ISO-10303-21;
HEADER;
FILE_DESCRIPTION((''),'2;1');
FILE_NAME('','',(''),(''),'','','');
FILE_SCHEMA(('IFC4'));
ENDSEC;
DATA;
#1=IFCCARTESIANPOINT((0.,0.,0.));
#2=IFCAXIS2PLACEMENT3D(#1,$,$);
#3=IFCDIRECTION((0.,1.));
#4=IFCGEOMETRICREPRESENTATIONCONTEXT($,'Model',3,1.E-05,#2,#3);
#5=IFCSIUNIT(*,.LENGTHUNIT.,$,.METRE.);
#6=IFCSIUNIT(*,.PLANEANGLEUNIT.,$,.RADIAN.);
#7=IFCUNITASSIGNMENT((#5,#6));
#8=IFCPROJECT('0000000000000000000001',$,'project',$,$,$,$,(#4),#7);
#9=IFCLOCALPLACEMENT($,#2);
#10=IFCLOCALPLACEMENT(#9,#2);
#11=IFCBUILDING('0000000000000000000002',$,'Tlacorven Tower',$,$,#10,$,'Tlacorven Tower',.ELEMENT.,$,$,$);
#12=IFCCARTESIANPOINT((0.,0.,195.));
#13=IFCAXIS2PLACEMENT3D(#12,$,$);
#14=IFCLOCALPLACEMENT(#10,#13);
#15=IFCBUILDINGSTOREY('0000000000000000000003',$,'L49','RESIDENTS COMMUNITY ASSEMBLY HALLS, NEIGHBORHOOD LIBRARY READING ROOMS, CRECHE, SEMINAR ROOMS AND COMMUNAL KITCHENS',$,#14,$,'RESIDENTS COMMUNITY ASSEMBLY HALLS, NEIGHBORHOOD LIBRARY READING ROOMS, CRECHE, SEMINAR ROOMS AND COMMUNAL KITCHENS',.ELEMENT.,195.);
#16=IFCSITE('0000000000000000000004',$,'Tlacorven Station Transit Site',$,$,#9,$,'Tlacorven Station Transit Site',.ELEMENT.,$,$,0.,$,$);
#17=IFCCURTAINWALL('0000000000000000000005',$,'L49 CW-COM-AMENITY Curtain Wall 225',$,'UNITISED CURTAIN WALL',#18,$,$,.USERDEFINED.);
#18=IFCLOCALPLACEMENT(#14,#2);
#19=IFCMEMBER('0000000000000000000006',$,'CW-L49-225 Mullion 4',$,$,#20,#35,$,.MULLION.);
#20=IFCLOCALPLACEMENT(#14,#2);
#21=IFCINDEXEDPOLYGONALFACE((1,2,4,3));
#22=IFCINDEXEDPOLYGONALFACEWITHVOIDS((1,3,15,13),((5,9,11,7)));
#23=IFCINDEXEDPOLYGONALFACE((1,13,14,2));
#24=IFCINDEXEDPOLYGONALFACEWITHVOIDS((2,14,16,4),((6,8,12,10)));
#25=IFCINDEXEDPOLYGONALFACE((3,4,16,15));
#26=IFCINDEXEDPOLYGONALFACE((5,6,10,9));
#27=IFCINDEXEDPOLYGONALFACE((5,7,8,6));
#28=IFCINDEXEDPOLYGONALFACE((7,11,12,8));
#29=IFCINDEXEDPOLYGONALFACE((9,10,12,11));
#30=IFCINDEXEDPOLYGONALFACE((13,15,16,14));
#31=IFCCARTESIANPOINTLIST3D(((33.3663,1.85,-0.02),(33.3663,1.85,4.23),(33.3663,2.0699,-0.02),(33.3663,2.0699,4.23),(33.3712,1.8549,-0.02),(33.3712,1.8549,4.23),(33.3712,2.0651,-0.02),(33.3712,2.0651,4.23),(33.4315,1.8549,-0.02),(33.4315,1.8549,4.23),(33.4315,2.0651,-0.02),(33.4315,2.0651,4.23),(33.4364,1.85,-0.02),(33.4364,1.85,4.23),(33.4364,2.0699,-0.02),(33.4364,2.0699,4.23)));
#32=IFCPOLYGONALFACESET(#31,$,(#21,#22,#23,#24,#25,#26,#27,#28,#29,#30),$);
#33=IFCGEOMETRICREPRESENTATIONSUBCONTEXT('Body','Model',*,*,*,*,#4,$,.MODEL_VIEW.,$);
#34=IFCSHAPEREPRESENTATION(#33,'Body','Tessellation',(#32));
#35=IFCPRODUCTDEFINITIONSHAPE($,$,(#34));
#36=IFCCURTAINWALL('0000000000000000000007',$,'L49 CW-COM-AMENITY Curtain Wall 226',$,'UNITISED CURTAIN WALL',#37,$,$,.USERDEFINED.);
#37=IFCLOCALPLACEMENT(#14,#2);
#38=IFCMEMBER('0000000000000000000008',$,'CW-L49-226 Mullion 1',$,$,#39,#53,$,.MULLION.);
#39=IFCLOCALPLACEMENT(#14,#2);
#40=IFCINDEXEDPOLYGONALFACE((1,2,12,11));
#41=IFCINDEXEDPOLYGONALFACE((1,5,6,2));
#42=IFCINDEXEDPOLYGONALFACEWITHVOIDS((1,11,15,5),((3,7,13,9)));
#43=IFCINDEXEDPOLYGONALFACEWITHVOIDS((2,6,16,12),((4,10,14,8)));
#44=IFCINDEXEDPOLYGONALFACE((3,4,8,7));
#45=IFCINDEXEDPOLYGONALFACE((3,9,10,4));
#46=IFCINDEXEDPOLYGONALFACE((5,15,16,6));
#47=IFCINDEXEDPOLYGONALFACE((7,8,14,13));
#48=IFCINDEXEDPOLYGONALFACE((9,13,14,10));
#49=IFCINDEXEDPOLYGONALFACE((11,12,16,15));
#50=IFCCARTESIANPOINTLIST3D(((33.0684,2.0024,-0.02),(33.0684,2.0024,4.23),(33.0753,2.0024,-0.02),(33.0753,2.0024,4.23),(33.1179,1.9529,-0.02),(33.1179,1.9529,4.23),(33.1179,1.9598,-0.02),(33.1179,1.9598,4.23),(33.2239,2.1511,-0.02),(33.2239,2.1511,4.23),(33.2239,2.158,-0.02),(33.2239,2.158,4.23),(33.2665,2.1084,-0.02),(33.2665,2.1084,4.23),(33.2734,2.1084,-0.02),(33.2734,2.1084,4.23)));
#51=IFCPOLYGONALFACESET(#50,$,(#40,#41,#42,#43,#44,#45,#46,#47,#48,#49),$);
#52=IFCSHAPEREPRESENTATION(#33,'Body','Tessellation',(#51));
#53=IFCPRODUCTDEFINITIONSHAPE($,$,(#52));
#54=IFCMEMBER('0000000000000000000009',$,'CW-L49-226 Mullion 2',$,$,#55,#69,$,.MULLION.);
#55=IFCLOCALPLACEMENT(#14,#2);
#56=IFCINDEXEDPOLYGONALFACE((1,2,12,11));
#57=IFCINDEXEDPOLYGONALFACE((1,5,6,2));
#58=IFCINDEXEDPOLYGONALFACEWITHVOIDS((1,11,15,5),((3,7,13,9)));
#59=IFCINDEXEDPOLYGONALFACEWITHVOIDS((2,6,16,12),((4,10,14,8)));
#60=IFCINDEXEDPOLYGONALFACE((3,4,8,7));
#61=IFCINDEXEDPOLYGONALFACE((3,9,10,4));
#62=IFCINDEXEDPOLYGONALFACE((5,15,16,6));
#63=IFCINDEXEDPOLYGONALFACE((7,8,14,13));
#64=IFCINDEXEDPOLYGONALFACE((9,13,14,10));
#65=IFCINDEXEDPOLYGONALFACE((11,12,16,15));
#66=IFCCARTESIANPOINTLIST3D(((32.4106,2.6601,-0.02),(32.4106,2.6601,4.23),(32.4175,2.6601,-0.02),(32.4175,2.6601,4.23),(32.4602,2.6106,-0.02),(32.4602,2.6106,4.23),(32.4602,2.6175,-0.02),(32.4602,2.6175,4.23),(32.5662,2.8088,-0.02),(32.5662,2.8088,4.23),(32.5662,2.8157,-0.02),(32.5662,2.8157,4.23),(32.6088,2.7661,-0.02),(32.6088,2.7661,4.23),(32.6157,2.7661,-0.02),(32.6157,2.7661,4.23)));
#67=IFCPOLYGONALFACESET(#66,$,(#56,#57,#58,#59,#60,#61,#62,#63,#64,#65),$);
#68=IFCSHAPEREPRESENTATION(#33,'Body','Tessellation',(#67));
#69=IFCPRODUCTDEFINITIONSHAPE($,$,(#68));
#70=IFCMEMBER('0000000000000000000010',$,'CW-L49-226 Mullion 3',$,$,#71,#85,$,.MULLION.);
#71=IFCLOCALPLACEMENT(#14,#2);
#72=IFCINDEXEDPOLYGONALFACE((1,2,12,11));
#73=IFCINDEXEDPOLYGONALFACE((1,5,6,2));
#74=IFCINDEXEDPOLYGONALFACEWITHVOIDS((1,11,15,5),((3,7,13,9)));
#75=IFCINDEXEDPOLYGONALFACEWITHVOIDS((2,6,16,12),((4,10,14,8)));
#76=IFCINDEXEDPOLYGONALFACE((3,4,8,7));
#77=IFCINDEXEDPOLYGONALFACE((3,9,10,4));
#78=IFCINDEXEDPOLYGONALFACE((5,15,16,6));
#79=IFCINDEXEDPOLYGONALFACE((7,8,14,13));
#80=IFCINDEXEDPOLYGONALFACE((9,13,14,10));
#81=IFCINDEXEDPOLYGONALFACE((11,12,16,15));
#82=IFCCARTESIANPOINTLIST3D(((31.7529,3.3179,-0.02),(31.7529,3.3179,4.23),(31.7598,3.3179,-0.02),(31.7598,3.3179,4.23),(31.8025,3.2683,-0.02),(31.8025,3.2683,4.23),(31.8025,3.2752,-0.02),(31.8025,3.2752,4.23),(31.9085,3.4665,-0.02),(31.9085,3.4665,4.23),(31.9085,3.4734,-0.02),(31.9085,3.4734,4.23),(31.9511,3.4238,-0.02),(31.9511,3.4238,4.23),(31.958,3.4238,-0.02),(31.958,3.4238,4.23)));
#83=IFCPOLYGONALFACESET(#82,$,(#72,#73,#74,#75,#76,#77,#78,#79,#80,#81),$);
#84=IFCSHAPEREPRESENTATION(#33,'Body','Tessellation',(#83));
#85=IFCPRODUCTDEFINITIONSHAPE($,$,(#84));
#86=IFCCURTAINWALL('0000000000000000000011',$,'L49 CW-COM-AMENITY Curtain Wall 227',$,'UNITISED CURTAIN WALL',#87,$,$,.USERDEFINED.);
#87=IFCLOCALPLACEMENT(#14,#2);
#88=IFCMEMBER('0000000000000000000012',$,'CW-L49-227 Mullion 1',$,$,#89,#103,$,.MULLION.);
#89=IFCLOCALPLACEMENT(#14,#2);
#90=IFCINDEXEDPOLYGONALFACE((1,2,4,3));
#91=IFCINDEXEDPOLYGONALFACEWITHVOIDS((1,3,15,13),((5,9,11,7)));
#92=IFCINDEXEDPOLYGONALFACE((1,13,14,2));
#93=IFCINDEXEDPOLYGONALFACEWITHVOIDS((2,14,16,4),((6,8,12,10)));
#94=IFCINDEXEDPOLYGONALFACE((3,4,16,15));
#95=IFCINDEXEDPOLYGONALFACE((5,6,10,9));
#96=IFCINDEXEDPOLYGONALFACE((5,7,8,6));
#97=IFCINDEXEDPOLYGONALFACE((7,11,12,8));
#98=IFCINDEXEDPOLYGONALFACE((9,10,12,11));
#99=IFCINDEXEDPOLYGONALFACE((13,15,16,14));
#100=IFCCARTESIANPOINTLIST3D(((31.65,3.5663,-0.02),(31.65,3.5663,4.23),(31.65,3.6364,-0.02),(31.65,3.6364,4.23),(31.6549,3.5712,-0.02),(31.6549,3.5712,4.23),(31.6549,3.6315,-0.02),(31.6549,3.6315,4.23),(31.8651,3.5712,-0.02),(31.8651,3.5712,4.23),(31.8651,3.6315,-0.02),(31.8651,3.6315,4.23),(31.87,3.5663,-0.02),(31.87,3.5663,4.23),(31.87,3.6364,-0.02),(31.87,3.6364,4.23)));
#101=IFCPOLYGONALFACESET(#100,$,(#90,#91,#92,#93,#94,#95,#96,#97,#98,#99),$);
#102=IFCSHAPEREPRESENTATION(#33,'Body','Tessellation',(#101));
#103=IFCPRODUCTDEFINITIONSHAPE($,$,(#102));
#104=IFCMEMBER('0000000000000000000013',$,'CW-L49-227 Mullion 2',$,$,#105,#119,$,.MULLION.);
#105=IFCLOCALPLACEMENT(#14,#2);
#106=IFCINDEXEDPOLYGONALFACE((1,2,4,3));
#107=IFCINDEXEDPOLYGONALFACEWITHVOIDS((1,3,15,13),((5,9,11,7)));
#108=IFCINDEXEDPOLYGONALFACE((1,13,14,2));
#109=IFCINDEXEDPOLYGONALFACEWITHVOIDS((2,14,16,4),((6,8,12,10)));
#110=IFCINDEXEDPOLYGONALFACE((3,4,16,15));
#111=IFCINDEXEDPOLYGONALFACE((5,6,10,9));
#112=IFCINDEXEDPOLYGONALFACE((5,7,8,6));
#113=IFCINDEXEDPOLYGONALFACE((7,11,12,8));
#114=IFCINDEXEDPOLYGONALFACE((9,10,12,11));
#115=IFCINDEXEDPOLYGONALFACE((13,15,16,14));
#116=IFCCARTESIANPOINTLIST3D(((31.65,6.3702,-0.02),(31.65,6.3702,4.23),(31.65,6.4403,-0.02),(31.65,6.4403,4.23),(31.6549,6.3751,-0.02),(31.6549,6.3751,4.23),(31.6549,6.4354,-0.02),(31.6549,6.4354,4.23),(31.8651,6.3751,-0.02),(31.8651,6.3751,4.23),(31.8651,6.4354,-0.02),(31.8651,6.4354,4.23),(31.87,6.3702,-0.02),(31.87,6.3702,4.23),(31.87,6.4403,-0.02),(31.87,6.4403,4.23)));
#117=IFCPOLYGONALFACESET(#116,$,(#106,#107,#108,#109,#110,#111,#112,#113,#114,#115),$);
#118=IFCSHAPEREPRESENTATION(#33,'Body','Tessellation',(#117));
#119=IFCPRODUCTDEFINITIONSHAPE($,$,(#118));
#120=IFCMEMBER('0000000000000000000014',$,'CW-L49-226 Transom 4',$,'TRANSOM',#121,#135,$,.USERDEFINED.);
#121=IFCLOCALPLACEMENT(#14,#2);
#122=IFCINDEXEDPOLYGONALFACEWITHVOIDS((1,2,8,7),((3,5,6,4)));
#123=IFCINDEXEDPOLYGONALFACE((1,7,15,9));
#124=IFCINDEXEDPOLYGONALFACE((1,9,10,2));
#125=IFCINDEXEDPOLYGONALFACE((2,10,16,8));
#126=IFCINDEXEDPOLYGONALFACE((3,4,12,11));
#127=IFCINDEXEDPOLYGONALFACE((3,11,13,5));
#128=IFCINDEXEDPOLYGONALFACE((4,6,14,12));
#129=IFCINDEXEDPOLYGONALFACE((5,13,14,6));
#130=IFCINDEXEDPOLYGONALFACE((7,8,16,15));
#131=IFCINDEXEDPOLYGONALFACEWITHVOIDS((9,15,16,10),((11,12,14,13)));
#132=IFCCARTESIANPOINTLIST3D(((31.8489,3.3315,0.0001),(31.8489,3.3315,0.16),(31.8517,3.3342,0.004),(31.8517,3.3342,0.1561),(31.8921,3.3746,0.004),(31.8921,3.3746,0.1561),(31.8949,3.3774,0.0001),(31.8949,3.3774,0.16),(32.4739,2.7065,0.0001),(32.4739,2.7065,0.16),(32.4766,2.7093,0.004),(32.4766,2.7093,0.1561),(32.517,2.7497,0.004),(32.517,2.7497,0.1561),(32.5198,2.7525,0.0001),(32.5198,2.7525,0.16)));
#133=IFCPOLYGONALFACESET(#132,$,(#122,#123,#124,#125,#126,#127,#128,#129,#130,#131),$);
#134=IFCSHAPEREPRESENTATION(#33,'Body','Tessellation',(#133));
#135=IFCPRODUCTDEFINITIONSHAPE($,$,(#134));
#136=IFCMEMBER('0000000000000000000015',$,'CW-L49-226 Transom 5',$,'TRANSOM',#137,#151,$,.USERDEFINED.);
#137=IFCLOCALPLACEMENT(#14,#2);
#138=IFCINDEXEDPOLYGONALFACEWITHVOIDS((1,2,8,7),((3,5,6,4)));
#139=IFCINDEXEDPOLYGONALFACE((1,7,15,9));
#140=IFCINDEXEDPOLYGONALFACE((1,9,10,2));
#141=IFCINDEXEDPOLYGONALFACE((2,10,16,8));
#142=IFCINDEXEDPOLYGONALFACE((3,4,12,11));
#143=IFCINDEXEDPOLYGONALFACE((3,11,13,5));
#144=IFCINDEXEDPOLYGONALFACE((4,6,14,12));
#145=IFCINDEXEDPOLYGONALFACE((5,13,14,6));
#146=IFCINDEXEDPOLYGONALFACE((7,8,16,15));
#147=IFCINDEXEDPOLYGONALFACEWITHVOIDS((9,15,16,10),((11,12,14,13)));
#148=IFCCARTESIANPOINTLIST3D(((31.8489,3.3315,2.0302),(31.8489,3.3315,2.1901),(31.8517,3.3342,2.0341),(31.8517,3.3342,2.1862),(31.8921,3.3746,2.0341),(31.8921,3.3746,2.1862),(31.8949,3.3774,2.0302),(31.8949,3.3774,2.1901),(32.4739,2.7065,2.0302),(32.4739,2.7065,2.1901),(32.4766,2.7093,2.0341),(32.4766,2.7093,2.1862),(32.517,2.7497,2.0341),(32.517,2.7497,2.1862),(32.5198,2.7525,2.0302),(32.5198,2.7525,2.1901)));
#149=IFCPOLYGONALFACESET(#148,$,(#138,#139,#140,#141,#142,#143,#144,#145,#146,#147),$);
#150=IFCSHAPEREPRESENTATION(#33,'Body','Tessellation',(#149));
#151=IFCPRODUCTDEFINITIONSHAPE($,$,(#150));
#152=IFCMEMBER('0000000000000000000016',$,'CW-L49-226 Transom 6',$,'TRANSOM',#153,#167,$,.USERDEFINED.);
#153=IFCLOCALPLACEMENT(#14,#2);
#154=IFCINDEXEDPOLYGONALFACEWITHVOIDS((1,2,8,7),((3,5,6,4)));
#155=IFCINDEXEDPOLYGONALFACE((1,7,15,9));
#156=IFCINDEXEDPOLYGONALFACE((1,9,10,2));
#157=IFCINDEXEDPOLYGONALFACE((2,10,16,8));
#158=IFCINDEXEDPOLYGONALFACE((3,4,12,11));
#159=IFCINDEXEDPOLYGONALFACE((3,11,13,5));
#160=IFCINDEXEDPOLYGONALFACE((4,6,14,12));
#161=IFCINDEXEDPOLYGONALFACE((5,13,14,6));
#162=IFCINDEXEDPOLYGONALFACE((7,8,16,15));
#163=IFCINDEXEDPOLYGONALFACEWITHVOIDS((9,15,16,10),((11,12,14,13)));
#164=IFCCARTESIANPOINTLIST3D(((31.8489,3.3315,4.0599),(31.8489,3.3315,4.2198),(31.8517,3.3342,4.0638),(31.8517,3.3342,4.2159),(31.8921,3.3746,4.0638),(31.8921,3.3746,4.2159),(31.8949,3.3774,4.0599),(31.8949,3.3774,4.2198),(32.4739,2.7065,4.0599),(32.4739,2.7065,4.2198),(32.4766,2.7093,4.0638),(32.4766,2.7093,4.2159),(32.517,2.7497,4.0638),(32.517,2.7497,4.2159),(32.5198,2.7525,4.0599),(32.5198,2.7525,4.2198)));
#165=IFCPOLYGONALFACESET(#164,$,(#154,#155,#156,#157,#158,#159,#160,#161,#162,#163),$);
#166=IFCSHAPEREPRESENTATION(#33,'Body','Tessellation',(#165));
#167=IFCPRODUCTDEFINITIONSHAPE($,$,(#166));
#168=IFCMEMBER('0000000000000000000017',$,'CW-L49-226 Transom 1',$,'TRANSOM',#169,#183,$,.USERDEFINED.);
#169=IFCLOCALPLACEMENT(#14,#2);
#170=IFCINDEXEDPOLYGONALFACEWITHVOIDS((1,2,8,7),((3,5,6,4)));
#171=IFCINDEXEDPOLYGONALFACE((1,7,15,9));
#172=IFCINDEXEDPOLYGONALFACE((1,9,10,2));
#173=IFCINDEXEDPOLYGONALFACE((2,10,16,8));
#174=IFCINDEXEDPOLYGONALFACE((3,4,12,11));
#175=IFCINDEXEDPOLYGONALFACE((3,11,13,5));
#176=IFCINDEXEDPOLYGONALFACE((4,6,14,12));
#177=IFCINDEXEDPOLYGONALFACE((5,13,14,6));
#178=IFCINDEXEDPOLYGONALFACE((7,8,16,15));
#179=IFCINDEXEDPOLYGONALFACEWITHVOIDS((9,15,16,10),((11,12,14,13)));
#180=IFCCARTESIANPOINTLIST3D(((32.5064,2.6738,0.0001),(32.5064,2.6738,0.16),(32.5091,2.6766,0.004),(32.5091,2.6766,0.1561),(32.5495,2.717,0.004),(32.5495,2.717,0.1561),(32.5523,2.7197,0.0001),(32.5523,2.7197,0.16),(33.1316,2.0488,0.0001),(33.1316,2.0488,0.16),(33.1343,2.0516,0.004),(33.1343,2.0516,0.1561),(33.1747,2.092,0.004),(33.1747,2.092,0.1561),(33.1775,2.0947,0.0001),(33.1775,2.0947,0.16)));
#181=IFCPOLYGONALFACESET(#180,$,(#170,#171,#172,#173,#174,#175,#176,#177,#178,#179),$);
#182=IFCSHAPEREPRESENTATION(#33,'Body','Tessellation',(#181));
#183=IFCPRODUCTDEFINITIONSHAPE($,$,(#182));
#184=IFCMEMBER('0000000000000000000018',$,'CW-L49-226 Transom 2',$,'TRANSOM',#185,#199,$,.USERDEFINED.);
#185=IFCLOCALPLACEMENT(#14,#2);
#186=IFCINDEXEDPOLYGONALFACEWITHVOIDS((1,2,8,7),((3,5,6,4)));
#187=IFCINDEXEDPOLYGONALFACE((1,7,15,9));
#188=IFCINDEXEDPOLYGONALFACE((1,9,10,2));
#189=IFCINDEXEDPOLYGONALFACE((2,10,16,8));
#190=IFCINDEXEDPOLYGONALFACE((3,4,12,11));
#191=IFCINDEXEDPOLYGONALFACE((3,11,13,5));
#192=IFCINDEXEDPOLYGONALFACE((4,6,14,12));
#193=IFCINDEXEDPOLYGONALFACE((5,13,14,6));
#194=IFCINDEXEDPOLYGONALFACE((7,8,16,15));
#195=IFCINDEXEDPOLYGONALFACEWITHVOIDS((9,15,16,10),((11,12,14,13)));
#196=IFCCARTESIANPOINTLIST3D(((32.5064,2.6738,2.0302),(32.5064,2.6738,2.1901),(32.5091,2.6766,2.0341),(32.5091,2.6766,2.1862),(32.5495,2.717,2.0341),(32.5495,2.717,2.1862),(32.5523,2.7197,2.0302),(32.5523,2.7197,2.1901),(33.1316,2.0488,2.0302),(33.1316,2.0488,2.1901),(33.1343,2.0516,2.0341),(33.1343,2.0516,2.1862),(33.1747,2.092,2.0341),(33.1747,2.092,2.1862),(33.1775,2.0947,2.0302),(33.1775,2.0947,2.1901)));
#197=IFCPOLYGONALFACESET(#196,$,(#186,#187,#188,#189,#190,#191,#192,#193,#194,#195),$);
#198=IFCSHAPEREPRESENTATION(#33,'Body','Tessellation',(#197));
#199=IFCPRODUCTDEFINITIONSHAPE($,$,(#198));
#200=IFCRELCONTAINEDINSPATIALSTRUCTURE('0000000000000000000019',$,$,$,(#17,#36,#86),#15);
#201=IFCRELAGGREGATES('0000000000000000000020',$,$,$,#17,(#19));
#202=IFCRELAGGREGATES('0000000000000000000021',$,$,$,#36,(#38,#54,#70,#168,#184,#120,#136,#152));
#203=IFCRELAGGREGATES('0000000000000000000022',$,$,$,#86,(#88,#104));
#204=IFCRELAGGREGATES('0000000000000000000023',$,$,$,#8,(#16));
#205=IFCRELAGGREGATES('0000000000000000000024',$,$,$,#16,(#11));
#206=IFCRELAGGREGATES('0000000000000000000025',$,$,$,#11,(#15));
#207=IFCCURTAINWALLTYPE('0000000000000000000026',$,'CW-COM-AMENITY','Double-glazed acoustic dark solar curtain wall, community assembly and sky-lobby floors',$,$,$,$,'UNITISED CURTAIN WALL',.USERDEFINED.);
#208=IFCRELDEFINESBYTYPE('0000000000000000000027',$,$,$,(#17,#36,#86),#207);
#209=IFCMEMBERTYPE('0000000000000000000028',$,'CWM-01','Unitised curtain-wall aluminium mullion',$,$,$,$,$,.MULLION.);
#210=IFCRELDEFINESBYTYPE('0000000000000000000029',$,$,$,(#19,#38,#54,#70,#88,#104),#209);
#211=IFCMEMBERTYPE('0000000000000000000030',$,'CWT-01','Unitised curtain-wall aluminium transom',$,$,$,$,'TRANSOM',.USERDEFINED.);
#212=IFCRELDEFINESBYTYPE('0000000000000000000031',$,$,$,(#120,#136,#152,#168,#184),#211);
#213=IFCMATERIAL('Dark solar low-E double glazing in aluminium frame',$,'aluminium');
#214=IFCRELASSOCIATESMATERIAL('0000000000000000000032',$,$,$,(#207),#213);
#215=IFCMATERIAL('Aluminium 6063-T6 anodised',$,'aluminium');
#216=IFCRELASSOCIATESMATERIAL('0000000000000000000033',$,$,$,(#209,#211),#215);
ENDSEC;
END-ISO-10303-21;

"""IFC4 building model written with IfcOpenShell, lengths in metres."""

from ifc_helpers import new_model, si_unit, direction, frame, origin, origin_2d, place, context, subcontext, project, spatial, hollow_rectangle, extrude, source, transform, mapped, material, material_profile, profile_set, type_object, element, aggregate, save


model = new_model("IFC4")

# Units and contexts
model_context = context("Model", 3, precision=1e-05, world=origin(), true_north=direction((0.0, 1.0)))
body_context = subcontext(model_context, "Body", "Model", "MODEL_VIEW")
ifc_project = project(units=[si_unit("LENGTHUNIT", "METRE"), si_unit("PLANEANGLEUNIT", "RADIAN")], contexts=[model_context])

# Site, building, storey
site_placement = place(None, origin())
site = spatial("IfcSite", under=ifc_project, at=site_placement, Name="Tlacorven Station Transit Site", LongName="Tlacorven Station Transit Site", CompositionType="ELEMENT", RefElevation=0.0)
building_placement = place(site_placement, origin())
building = spatial("IfcBuilding", under=site, at=building_placement, Name="Tlacorven Tower", LongName="Tlacorven Tower", CompositionType="ELEMENT")
storey_placement = place(building_placement, frame((0.0, 0.0, 195.0)))
storey = spatial("IfcBuildingStorey", under=building, at=storey_placement, Name="L49", Description="RESIDENTS COMMUNITY ASSEMBLY HALLS, NEIGHBORHOOD LIBRARY READING ROOMS, CRECHE, SEMINAR ROOMS AND COMMUNAL KITCHENS", LongName="RESIDENTS COMMUNITY ASSEMBLY HALLS, NEIGHBORHOOD LIBRARY READING ROOMS, CRECHE, SEMINAR ROOMS AND COMMUNAL KITCHENS", CompositionType="ELEMENT", Elevation=195.0)

# Curtain wall, member
ifc_material_1 = material(Name="Dark solar low-E double glazing in aluminium frame", Category="aluminium")
curtain_wall_type = type_object("IfcCurtainWallType", Name="CW-COM-AMENITY", Description="Double-glazed acoustic dark solar curtain wall, community assembly and sky-lobby floors", ElementType="UNITISED CURTAIN WALL", PredefinedType="USERDEFINED", material=ifc_material_1)
curtain_wall_1_placement = place(storey_placement, origin())
curtain_wall_1 = element("IfcCurtainWall", 1, at=curtain_wall_1_placement, inside=storey, type_object=curtain_wall_type, Name="L49 CW-COM-AMENITY Curtain Wall 225", ObjectType="UNITISED CURTAIN WALL", PredefinedType="USERDEFINED")
ifc_material_2 = material(Name="Aluminium 6063-T6 anodised", Category="aluminium")
ifc_material_profile_1 = material_profile(ifc_material_2, hollow_rectangle(XDim=0.0701, YDim=0.22, WallThickness=0.0049, at=origin_2d()), Name="ALU MULLION 70X220")
ifc_profile_set_1 = profile_set([ifc_material_profile_1], Name="Aluminium 6063-T6 anodised")
member_type_1 = type_object("IfcMemberType", Name="CWM-01", Description="Unitised curtain-wall aluminium mullion", PredefinedType="MULLION", material=ifc_profile_set_1)
shared_shape_1 = source(origin(), body_context, "Body", "SweptSolid", [
    extrude(hollow_rectangle(XDim=0.0701, YDim=0.22, WallThickness=0.0049, at=origin_2d()), origin(), (0.0, 0.0, 1.0), 4.25),
])
member_1_placement = place(storey_placement, frame((33.4014, 1.96, -0.02), z_axis=(0.0, 0.0, 1.0), x_axis=(-1.0, 0.0, 0.0)))
member_1 = element("IfcMember", 2, at=member_1_placement, type_object=member_type_1, Name="CW-L49-225 Mullion 4", PredefinedType="MULLION", context=body_context, shape_type="MappedRepresentation", body=[
    mapped(shared_shape_1, transform((0.0, 0.0, 0.0), scale=1.0)),
])
aggregate(curtain_wall_1, [member_1])

# Curtain walls, members
curtain_wall_2_placement = place(storey_placement, origin())
curtain_wall_2 = element("IfcCurtainWall", 3, at=curtain_wall_2_placement, inside=storey, type_object=curtain_wall_type, Name="L49 CW-COM-AMENITY Curtain Wall 226", ObjectType="UNITISED CURTAIN WALL", PredefinedType="USERDEFINED")
member_2_placement = place(storey_placement, frame((33.1709, 2.0554, -0.02), z_axis=(0.0, 0.0, 1.0), x_axis=(-0.707107, 0.707107, 0.0)))
member_2 = element("IfcMember", 4, at=member_2_placement, type_object=member_type_1, Name="CW-L49-226 Mullion 1", PredefinedType="MULLION", context=body_context, shape_type="MappedRepresentation", body=[
    mapped(shared_shape_1, transform((0.0, 0.0, 0.0), scale=1.0)),
])
member_3_placement = place(storey_placement, frame((32.5132, 2.7131, -0.02), z_axis=(0.0, 0.0, 1.0), x_axis=(-0.707107, 0.707107, 0.0)))
member_3 = element("IfcMember", 5, at=member_3_placement, type_object=member_type_1, Name="CW-L49-226 Mullion 2", PredefinedType="MULLION", context=body_context, shape_type="MappedRepresentation", body=[
    mapped(shared_shape_1, transform((0.0, 0.0, 0.0), scale=1.0)),
])
member_4_placement = place(storey_placement, frame((31.8555, 3.3708, -0.02), z_axis=(0.0, 0.0, 1.0), x_axis=(-0.707107, 0.707107, 0.0)))
member_4 = element("IfcMember", 6, at=member_4_placement, type_object=member_type_1, Name="CW-L49-226 Mullion 3", PredefinedType="MULLION", context=body_context, shape_type="MappedRepresentation", body=[
    mapped(shared_shape_1, transform((0.0, 0.0, 0.0), scale=1.0)),
])
curtain_wall_3_placement = place(storey_placement, origin())
curtain_wall_3 = element("IfcCurtainWall", 7, at=curtain_wall_3_placement, inside=storey, type_object=curtain_wall_type, Name="L49 CW-COM-AMENITY Curtain Wall 227", ObjectType="UNITISED CURTAIN WALL", PredefinedType="USERDEFINED")
member_5_placement = place(storey_placement, frame((31.76, 3.6013, -0.02), z_axis=(0.0, 0.0, 1.0), x_axis=(0.0, 1.0, 0.0)))
member_5 = element("IfcMember", 8, at=member_5_placement, type_object=member_type_1, Name="CW-L49-227 Mullion 1", PredefinedType="MULLION", context=body_context, shape_type="MappedRepresentation", body=[
    mapped(shared_shape_1, transform((0.0, 0.0, 0.0), scale=1.0)),
])
member_6_placement = place(storey_placement, frame((31.76, 6.4053, -0.02), z_axis=(0.0, 0.0, 1.0), x_axis=(0.0, 1.0, 0.0)))
member_6 = element("IfcMember", 9, at=member_6_placement, type_object=member_type_1, Name="CW-L49-227 Mullion 2", PredefinedType="MULLION", context=body_context, shape_type="MappedRepresentation", body=[
    mapped(shared_shape_1, transform((0.0, 0.0, 0.0), scale=1.0)),
])

# Members
ifc_material_profile_2 = material_profile(ifc_material_2, hollow_rectangle(XDim=0.0649, YDim=0.1599, WallThickness=0.0039, at=origin_2d()), Name="ALU TRANSOM 65X160")
ifc_profile_set_2 = profile_set([ifc_material_profile_2], Name="Aluminium 6063-T6 anodised")
member_type_2 = type_object("IfcMemberType", Name="CWT-01", Description="Unitised curtain-wall aluminium transom", ElementType="TRANSOM", PredefinedType="USERDEFINED", material=ifc_profile_set_2)
shared_shape_2 = source(origin(), body_context, "Body", "SweptSolid", [
    extrude(hollow_rectangle(XDim=0.0649, YDim=0.1599, WallThickness=0.0039, at=origin_2d()), origin(), (0.0, 0.0, 1.0), 0.8838),
])
member_7_placement = place(storey_placement, frame((32.4968, 2.7295, 0.0801), z_axis=(-0.707107, 0.707107, 0.0), x_axis=(-0.707107, -0.707107, 0.0)))
member_7 = element("IfcMember", 10, at=member_7_placement, type_object=member_type_2, Name="CW-L49-226 Transom 4", ObjectType="TRANSOM", PredefinedType="USERDEFINED", context=body_context, shape_type="MappedRepresentation", body=[
    mapped(shared_shape_2, transform((0.0, 0.0, 0.0), scale=1.0)),
])
member_8_placement = place(storey_placement, frame((32.4968, 2.7295, 2.1101), z_axis=(-0.707107, 0.707107, 0.0), x_axis=(-0.707107, -0.707107, 0.0)))
member_8 = element("IfcMember", 11, at=member_8_placement, type_object=member_type_2, Name="CW-L49-226 Transom 5", ObjectType="TRANSOM", PredefinedType="USERDEFINED", context=body_context, shape_type="MappedRepresentation", body=[
    mapped(shared_shape_2, transform((0.0, 0.0, 0.0), scale=1.0)),
])
member_9_placement = place(storey_placement, frame((32.4968, 2.7295, 4.1399), z_axis=(-0.707107, 0.707107, 0.0), x_axis=(-0.707107, -0.707107, 0.0)))
member_9 = element("IfcMember", 12, at=member_9_placement, type_object=member_type_2, Name="CW-L49-226 Transom 6", ObjectType="TRANSOM", PredefinedType="USERDEFINED", context=body_context, shape_type="MappedRepresentation", body=[
    mapped(shared_shape_2, transform((0.0, 0.0, 0.0), scale=1.0)),
])
shared_shape_3 = source(origin(), body_context, "Body", "SweptSolid", [
    extrude(hollow_rectangle(XDim=0.0649, YDim=0.1599, WallThickness=0.0039, at=origin_2d()), origin(), (0.0, 0.0, 1.0), 0.884),
])
member_10_placement = place(storey_placement, frame((33.1545, 2.0718, 0.0801), z_axis=(-0.707245, 0.706969, 0.0), x_axis=(-0.706969, -0.707245, 0.0)))
member_10 = element("IfcMember", 13, at=member_10_placement, type_object=member_type_2, Name="CW-L49-226 Transom 1", ObjectType="TRANSOM", PredefinedType="USERDEFINED", context=body_context, shape_type="MappedRepresentation", body=[
    mapped(shared_shape_3, transform((0.0, 0.0, 0.0), scale=1.0)),
])
member_11_placement = place(storey_placement, frame((33.1545, 2.0718, 2.1101), z_axis=(-0.707245, 0.706969, 0.0), x_axis=(-0.706969, -0.707245, 0.0)))
member_11 = element("IfcMember", 14, at=member_11_placement, type_object=member_type_2, Name="CW-L49-226 Transom 2", ObjectType="TRANSOM", PredefinedType="USERDEFINED", context=body_context, shape_type="MappedRepresentation", body=[
    mapped(shared_shape_3, transform((0.0, 0.0, 0.0), scale=1.0)),
])

aggregate(curtain_wall_2, [member_2, member_3, member_4, member_10, member_11, member_7, member_8, member_9])
aggregate(curtain_wall_3, [member_5, member_6])

save(model, "model.ifc")
